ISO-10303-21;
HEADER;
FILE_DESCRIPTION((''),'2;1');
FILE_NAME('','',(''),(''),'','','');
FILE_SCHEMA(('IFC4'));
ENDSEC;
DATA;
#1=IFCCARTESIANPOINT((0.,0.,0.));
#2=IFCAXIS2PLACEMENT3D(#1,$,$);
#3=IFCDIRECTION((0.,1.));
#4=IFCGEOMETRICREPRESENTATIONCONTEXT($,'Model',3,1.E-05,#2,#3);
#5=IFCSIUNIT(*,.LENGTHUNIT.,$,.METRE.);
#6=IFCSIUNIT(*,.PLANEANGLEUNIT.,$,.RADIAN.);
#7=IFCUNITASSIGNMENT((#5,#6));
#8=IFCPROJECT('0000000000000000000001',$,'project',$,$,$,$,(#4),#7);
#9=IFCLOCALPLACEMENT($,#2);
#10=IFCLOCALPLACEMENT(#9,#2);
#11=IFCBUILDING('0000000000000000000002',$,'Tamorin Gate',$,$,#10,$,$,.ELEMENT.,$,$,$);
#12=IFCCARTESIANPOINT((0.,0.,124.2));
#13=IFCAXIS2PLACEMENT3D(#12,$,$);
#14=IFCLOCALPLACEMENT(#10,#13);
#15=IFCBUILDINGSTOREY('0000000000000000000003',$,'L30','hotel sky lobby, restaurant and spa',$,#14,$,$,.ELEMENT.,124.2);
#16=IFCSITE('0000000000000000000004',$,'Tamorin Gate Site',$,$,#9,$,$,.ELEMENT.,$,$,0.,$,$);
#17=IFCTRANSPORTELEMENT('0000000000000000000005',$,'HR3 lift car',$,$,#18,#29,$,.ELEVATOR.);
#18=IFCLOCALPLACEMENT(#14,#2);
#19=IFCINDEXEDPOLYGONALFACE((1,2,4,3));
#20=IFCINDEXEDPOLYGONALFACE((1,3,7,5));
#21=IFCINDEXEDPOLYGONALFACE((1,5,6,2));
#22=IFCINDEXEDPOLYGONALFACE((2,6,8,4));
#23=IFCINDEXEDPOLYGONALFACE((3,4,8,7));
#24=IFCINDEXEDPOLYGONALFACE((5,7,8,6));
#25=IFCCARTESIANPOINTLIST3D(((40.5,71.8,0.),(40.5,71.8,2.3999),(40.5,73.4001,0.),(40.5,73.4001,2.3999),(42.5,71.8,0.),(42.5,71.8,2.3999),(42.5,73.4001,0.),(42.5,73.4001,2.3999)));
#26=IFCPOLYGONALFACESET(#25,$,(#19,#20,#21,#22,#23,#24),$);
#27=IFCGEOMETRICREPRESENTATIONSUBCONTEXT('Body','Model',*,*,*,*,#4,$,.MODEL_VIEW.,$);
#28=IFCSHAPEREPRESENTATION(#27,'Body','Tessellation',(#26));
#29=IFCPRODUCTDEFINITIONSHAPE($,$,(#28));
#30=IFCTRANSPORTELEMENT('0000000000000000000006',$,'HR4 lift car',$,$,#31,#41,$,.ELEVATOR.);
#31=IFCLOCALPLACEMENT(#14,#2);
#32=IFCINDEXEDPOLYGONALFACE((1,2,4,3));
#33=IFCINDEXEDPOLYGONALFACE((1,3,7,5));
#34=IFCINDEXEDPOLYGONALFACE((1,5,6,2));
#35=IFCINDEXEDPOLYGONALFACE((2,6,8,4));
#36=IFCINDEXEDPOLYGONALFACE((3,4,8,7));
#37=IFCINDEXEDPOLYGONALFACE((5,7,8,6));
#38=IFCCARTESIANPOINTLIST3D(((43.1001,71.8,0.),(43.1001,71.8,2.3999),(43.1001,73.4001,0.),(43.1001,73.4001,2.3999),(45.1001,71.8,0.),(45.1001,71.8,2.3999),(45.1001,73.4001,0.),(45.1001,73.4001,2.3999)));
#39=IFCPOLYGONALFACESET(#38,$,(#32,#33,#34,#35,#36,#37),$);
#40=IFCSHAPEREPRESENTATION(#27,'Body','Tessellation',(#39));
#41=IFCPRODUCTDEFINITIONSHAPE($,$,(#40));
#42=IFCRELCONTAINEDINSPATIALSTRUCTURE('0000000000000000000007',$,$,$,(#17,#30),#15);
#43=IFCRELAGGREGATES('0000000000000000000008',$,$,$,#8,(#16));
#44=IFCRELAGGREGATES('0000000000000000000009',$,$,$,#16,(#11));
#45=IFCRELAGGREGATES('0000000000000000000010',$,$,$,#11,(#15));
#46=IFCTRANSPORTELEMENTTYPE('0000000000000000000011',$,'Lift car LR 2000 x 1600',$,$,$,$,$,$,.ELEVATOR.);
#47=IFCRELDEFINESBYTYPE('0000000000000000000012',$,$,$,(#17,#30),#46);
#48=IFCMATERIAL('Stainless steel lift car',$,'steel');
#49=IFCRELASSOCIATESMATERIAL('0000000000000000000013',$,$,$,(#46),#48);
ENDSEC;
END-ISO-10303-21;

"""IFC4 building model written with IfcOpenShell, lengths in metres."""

from ifc_helpers import new_model, si_unit, direction, frame, origin, origin_2d, place, context, subcontext, project, spatial, rectangle, extrude, material, type_object, element, save


model = new_model("IFC4")

# Units and contexts
model_context = context("Model", 3, precision=1e-05, world=origin(), true_north=direction((0.0, 1.0)))
body_context = subcontext(model_context, "Body", "Model", "MODEL_VIEW")
ifc_project = project(units=[si_unit("LENGTHUNIT", "METRE"), si_unit("PLANEANGLEUNIT", "RADIAN")], contexts=[model_context])

# Site, building, storey
site_placement = place(None, origin())
site = spatial("IfcSite", under=ifc_project, at=site_placement, Name="Tamorin Gate Site", CompositionType="ELEMENT", RefElevation=0.0)
building_placement = place(site_placement, origin())
building = spatial("IfcBuilding", under=site, at=building_placement, Name="Tamorin Gate", CompositionType="ELEMENT")
storey_placement = place(building_placement, frame((0.0, 0.0, 124.2)))
storey = spatial("IfcBuildingStorey", under=building, at=storey_placement, Name="L30", Description="hotel sky lobby, restaurant and spa", CompositionType="ELEMENT", Elevation=124.2)

# Transport elements
ifc_material_1 = material(Name="Stainless steel lift car", Category="steel")
transport_element_type = type_object("IfcTransportElementType", Name="Lift car LR 2000 x 1600", PredefinedType="ELEVATOR", material=ifc_material_1)
for number, where, z_axis, x_axis, name in (
    (1, (41.5, 72.6001, 0.0), (0.0, 0.0, 1.0), (1.0, 0.0, 0.0), "HR3 lift car"),
    (2, (44.1001, 72.6001, 0.0), (0.0, 0.0, 1.0), (1.0, 0.0, 0.0), "HR4 lift car"),
):
    element("IfcTransportElement", number, at=place(storey_placement, frame(where, z_axis=z_axis, x_axis=x_axis)), inside=storey, type_object=transport_element_type, Name=name, PredefinedType="ELEVATOR", context=body_context, shape_type="SweptSolid", body=[
        extrude(rectangle(XDim=2.0, YDim=1.6001, at=origin_2d()), origin(), (0.0, 0.0, 1.0), 2.3999),
    ])

save(model, "model.ifc")
